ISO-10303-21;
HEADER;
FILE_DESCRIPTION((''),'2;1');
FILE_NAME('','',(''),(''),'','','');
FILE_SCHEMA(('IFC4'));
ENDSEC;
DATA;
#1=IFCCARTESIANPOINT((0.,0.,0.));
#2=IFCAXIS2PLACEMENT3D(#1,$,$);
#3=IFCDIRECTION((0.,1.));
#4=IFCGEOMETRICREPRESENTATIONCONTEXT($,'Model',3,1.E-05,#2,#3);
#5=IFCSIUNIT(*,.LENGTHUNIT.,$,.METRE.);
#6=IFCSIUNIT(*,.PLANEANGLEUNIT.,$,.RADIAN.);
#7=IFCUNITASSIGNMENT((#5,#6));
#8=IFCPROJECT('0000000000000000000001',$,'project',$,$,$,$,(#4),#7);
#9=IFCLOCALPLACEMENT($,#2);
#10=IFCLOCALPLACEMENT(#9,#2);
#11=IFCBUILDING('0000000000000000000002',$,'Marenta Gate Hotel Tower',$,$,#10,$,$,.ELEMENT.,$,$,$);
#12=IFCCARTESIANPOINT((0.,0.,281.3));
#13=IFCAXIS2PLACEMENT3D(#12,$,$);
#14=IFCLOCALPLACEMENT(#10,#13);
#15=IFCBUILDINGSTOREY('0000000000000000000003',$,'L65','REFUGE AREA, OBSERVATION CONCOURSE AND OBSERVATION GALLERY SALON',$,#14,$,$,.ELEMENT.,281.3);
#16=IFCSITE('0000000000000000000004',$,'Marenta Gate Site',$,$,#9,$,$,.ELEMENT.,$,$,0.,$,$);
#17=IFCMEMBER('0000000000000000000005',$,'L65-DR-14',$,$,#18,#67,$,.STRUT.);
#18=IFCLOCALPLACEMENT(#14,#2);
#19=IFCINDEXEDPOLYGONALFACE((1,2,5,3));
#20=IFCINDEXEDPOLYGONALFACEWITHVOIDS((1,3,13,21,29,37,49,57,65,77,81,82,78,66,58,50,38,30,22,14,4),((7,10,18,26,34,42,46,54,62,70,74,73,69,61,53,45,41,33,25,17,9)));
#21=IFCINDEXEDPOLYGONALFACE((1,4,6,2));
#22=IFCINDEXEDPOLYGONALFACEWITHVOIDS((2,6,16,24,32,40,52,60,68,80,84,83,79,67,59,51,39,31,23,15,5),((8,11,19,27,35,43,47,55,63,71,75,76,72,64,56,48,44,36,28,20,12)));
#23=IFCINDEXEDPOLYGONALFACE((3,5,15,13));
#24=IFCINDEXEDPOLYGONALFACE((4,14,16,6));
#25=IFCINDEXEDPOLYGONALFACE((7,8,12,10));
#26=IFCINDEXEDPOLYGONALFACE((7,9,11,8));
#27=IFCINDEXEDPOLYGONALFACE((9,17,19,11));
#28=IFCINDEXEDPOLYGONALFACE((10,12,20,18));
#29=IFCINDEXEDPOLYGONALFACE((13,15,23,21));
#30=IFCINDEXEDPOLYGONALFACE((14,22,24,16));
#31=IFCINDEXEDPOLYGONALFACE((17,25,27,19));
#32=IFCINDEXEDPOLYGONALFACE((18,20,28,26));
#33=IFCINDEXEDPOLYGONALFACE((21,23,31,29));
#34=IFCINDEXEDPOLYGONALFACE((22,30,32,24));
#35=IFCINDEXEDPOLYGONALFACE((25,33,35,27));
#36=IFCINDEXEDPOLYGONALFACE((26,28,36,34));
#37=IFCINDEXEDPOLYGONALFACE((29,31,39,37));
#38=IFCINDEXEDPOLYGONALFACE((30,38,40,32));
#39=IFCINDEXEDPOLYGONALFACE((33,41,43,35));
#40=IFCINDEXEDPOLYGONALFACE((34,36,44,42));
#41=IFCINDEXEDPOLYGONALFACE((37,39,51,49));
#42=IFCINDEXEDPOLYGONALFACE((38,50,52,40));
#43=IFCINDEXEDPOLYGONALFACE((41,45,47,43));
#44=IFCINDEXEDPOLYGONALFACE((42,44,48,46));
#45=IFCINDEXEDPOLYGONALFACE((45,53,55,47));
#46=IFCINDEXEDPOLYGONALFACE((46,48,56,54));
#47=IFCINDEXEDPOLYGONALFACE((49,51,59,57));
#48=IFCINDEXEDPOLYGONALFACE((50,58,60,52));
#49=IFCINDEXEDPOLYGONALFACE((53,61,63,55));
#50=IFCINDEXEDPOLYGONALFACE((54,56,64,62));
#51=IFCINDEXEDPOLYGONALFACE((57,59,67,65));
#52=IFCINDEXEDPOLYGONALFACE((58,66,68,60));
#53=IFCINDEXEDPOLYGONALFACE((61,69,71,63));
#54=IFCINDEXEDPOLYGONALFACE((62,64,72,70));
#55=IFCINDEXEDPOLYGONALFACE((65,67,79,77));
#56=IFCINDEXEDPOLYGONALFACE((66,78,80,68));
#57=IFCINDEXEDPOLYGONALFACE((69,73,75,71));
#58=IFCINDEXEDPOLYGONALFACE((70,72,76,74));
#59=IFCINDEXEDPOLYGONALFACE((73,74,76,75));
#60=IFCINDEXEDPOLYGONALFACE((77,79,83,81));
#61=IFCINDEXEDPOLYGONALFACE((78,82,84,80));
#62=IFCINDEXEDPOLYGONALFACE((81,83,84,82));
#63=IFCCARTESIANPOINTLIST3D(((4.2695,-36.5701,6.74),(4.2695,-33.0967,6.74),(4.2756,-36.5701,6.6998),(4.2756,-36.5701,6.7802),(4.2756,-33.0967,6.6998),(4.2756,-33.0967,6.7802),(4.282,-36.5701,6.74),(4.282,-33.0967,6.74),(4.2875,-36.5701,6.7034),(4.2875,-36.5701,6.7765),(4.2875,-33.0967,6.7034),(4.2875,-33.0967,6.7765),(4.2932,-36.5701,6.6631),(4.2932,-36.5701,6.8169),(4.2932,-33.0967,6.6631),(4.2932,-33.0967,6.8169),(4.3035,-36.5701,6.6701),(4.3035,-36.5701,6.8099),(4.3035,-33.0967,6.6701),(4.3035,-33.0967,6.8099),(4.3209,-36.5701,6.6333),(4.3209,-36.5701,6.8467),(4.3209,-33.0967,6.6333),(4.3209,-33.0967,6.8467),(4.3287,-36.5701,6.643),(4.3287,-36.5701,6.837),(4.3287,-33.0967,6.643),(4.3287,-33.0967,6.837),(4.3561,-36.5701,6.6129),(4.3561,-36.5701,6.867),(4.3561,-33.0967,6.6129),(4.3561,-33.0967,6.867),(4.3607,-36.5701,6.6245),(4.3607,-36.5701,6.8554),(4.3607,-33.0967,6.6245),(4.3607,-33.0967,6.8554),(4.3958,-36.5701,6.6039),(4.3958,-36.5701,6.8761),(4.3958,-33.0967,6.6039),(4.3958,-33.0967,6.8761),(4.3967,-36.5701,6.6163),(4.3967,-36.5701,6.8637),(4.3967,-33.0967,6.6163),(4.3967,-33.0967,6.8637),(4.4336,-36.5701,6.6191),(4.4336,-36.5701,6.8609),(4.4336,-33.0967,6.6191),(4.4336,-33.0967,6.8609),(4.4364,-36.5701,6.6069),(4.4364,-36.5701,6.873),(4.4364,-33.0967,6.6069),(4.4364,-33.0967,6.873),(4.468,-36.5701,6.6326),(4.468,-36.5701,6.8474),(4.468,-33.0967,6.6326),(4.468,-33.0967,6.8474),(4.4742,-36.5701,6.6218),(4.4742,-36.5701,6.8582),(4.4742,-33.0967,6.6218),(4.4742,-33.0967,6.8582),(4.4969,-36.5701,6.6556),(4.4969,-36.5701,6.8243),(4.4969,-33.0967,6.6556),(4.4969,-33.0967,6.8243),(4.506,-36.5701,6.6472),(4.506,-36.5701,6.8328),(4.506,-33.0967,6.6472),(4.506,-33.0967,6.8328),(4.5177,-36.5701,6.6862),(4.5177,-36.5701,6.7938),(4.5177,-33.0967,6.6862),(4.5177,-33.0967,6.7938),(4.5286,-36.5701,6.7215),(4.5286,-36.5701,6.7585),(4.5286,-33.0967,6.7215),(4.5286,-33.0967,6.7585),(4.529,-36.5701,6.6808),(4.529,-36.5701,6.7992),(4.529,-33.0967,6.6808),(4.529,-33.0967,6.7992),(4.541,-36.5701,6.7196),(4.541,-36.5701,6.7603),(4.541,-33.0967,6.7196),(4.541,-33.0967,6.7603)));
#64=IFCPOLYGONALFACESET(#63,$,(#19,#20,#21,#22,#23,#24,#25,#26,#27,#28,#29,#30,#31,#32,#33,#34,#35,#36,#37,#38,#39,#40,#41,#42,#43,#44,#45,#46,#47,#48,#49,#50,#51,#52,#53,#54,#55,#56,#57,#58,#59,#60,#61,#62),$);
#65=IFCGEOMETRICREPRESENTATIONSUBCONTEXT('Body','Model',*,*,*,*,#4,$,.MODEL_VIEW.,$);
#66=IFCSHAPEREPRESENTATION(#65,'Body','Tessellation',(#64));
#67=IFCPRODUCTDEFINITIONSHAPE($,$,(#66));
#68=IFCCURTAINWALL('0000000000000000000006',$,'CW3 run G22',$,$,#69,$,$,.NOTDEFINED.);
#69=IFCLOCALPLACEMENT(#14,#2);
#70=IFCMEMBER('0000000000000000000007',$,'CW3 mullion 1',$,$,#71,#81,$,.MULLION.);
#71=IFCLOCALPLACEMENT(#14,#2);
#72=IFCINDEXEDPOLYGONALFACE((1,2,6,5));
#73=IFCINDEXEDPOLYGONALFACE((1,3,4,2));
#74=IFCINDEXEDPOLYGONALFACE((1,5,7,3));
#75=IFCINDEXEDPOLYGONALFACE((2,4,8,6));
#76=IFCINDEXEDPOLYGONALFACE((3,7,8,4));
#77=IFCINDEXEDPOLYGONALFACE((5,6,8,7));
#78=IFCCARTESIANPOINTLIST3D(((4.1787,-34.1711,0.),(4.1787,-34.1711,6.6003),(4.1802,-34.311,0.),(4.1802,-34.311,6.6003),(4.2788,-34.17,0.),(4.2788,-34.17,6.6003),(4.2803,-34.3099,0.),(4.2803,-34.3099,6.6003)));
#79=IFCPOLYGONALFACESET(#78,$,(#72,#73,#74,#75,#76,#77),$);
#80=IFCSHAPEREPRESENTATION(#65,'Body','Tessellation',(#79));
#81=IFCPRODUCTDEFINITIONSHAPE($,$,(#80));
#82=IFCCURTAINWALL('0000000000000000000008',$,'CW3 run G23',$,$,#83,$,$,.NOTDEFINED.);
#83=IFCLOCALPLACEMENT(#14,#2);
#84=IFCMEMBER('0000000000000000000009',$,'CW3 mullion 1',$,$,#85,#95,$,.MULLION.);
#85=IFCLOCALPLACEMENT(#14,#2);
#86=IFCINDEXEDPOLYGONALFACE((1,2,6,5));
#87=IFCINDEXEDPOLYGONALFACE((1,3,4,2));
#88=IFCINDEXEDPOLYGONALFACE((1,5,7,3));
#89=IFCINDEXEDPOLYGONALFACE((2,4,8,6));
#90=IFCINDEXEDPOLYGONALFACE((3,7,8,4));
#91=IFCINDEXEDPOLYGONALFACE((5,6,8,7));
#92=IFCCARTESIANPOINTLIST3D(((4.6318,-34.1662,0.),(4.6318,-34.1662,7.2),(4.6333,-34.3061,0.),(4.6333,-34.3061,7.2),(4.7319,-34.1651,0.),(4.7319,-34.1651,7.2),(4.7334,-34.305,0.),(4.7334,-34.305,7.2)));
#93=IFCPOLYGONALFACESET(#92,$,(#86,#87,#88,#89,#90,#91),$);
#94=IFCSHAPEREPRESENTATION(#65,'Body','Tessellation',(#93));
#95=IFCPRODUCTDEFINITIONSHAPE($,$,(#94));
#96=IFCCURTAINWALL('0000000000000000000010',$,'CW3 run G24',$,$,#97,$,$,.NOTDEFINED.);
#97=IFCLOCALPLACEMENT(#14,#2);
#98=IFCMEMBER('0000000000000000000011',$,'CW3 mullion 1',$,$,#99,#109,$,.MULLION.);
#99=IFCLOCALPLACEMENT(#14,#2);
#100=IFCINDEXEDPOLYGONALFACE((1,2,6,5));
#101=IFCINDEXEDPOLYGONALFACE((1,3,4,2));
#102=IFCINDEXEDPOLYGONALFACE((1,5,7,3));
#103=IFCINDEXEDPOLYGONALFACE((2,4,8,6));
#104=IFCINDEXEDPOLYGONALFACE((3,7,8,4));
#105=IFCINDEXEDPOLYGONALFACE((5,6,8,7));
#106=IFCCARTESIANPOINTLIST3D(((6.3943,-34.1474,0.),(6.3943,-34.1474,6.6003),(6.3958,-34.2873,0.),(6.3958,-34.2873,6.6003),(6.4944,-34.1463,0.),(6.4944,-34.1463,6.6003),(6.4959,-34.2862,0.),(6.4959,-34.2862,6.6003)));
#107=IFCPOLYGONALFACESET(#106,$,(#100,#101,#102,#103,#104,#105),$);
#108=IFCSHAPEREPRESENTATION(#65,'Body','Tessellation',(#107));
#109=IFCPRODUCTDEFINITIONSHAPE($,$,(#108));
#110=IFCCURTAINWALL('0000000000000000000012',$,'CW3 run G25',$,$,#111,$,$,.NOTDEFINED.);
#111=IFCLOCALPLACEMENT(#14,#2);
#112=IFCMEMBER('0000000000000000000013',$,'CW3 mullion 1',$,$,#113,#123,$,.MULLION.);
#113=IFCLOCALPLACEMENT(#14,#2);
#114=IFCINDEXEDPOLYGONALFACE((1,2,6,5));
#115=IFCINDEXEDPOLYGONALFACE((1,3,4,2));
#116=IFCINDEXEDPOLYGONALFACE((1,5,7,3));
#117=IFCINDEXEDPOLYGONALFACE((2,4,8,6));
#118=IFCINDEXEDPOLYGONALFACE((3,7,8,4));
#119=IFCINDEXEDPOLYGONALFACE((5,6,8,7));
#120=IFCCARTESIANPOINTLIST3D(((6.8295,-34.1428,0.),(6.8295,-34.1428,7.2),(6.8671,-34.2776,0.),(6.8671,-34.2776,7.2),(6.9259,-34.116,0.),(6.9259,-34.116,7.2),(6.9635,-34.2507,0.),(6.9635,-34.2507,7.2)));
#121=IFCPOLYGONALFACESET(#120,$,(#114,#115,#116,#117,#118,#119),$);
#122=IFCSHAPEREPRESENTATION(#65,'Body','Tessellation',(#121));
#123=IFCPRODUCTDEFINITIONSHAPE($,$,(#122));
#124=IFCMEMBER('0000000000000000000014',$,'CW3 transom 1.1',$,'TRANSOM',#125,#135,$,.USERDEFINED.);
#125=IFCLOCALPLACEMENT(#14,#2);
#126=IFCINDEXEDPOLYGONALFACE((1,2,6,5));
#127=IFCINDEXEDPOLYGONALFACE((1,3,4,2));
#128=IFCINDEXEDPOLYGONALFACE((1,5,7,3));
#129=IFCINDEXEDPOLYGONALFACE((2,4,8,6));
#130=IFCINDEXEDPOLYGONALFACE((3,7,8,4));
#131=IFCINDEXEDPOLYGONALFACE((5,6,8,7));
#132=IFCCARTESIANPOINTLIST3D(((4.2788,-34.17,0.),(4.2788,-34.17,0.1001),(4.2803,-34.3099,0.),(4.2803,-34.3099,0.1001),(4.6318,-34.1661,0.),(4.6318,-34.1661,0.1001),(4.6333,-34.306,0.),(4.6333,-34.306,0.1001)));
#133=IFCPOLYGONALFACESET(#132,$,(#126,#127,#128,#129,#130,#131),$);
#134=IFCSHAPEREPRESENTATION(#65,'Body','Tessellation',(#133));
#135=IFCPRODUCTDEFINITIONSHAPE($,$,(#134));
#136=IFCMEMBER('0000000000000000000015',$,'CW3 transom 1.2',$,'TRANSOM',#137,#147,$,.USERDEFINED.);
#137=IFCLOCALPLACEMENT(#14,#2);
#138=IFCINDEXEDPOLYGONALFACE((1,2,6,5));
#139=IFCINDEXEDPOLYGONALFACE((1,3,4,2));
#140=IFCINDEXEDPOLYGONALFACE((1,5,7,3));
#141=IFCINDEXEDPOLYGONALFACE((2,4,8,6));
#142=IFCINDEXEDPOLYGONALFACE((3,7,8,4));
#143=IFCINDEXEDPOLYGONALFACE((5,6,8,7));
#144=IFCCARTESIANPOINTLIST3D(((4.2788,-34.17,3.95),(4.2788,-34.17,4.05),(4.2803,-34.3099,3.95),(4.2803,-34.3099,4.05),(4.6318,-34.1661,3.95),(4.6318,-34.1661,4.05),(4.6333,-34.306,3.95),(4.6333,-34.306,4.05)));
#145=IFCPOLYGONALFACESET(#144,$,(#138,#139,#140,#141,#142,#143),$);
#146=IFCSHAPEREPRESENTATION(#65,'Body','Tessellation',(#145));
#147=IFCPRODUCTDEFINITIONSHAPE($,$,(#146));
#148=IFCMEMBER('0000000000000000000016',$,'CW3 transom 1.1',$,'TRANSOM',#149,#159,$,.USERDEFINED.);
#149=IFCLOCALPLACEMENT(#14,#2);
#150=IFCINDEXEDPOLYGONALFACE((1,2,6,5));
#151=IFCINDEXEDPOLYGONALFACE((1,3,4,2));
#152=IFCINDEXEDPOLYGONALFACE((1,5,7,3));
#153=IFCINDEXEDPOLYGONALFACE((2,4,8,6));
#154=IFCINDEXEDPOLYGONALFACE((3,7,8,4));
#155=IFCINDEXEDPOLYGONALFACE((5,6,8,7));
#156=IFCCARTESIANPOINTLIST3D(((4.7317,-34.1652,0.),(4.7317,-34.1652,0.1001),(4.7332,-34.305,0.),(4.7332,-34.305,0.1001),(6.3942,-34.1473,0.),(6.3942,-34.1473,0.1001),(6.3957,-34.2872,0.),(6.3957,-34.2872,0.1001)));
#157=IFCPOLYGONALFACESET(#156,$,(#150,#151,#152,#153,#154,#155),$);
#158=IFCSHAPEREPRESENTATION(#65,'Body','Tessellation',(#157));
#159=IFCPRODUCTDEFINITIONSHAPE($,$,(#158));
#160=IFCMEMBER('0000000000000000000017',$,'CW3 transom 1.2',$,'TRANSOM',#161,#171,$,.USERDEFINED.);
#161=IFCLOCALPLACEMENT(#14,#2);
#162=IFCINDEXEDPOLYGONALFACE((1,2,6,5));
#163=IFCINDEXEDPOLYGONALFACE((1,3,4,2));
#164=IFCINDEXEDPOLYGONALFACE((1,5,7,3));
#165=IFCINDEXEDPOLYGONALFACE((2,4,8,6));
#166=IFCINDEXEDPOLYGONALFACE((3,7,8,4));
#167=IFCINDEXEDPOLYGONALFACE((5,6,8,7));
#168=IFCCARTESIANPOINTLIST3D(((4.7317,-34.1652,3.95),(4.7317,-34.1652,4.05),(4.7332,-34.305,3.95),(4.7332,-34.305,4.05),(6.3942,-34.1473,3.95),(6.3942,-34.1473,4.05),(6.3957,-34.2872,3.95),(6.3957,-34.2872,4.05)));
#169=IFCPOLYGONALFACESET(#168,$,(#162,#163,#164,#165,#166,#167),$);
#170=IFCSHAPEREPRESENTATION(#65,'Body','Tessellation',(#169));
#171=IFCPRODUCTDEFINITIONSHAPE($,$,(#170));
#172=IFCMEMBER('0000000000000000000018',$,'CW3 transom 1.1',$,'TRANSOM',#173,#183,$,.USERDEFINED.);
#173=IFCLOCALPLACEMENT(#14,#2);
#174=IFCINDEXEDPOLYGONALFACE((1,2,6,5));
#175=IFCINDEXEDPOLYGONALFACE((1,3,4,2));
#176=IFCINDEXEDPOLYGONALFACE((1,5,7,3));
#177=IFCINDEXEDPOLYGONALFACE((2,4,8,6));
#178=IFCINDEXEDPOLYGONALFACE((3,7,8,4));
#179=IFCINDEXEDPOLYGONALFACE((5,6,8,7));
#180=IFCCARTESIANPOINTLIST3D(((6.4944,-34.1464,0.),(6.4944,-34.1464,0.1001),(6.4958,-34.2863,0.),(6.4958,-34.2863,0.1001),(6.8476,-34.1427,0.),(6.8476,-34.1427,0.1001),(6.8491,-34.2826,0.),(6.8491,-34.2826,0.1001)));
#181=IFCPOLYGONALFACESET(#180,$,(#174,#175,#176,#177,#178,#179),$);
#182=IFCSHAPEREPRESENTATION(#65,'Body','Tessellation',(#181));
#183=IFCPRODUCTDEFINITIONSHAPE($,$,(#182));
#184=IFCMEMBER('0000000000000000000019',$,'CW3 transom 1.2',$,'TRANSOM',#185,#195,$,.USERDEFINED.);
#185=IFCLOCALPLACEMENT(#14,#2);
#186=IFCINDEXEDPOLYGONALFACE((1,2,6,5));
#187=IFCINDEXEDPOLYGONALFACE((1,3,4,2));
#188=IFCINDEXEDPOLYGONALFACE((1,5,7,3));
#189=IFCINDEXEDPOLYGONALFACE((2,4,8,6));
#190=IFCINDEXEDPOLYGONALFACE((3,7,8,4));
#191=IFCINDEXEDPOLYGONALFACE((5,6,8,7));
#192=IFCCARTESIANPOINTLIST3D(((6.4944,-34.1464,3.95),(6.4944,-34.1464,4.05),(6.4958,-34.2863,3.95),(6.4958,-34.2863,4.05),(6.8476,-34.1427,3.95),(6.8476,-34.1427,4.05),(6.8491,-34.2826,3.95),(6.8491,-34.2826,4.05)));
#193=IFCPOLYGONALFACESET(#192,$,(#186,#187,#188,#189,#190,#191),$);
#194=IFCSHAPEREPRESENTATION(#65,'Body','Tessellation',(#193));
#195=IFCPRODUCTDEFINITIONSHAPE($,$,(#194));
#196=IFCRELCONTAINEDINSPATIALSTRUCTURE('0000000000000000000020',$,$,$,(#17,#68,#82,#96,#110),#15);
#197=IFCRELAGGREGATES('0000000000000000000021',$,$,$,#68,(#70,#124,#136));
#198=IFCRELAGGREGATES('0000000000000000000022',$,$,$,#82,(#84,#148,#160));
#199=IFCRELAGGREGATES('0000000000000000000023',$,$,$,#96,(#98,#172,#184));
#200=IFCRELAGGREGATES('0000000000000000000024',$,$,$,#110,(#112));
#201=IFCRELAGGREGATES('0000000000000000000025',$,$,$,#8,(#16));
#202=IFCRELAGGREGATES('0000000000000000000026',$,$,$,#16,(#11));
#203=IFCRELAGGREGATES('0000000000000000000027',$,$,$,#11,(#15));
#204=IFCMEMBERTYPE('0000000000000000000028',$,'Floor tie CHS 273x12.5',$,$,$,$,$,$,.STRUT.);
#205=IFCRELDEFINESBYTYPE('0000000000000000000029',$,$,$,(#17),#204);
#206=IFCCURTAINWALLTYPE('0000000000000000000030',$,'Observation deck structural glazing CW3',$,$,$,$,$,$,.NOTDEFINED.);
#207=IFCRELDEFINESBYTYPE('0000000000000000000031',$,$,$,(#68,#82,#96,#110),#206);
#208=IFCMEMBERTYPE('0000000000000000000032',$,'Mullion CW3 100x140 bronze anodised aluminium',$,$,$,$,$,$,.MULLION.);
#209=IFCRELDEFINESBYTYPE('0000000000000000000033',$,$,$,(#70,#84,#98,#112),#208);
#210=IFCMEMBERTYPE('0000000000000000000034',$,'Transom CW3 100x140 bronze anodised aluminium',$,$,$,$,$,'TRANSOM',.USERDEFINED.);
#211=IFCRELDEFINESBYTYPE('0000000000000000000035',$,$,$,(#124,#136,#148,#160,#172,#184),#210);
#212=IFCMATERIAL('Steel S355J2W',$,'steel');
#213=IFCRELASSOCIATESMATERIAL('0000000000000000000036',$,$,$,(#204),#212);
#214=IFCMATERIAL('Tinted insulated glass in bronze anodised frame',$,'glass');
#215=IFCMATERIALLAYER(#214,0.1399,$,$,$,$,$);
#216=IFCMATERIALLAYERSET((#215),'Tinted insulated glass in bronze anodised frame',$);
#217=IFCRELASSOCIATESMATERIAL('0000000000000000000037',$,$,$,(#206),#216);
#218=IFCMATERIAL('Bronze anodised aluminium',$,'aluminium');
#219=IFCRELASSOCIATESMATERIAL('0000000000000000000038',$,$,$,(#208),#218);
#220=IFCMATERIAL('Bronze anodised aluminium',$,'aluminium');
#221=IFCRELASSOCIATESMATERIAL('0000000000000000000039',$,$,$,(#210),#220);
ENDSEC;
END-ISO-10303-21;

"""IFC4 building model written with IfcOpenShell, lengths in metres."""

from ifc_helpers import new_model, si_unit, direction, frame, origin, origin_2d, place, context, subcontext, project, spatial, rectangle, hollow_circle, extrude, material, layer, layer_set, material_profile, profile_set, type_object, element, aggregate, save


model = new_model("IFC4")

# Units and contexts
model_context = context("Model", 3, precision=1e-05, world=origin(), true_north=direction((0.0, 1.0)))
body_context = subcontext(model_context, "Body", "Model", "MODEL_VIEW")
ifc_project = project(units=[si_unit("LENGTHUNIT", "METRE"), si_unit("PLANEANGLEUNIT", "RADIAN")], contexts=[model_context])

# Site, building, storey
site_placement = place(None, origin())
site = spatial("IfcSite", under=ifc_project, at=site_placement, Name="Marenta Gate Site", CompositionType="ELEMENT", RefElevation=0.0)
building_placement = place(site_placement, origin())
building = spatial("IfcBuilding", under=site, at=building_placement, Name="Marenta Gate Hotel Tower", CompositionType="ELEMENT")
storey_placement = place(building_placement, frame((0.0, 0.0, 281.3)))
storey = spatial("IfcBuildingStorey", under=building, at=storey_placement, Name="L65", Description="REFUGE AREA, OBSERVATION CONCOURSE AND OBSERVATION GALLERY SALON", CompositionType="ELEMENT", Elevation=281.3)

# Member
ifc_material_1 = material(Name="Steel S355J2W", Category="steel")
ifc_material_profile_1 = material_profile(ifc_material_1, hollow_circle(Radius=0.1365, WallThickness=0.0125, at=origin_2d()), Name="CHS 273x12.5")
ifc_profile_set_1 = profile_set([ifc_material_profile_1], Name="Steel S355J2W")
member_type_1 = type_object("IfcMemberType", Name="Floor tie CHS 273x12.5", PredefinedType="STRUT", material=ifc_profile_set_1)
member_1_placement = place(storey_placement, frame((4.406, -36.5701, 6.74), z_axis=(0.0, 1.0, 0.0), x_axis=(-1.0, 0.0, 0.0)))
element("IfcMember", 1, at=member_1_placement, inside=storey, type_object=member_type_1, Name="L65-DR-14", PredefinedType="STRUT", context=body_context, shape_type="SweptSolid", body=[
    extrude(hollow_circle(Radius=0.1365, WallThickness=0.0125, at=origin_2d()), origin(), (0.0, 0.0, 1.0), 3.4734),
])

# Curtain walls, members
ifc_material_2 = material(Name="Tinted insulated glass in bronze anodised frame", Category="glass")
ifc_layer_1 = layer(ifc_material_2, 0.1399)
ifc_layer_set_1 = layer_set([ifc_layer_1], Name="Tinted insulated glass in bronze anodised frame")
curtain_wall_type = type_object("IfcCurtainWallType", Name="Observation deck structural glazing CW3", PredefinedType="NOTDEFINED", material=ifc_layer_set_1)
curtain_wall_1_placement = place(storey_placement, origin())
curtain_wall_1 = element("IfcCurtainWall", 2, at=curtain_wall_1_placement, inside=storey, type_object=curtain_wall_type, Name="CW3 run G22", PredefinedType="NOTDEFINED")
ifc_material_3 = material(Name="Bronze anodised aluminium", Category="aluminium")
ifc_material_profile_2 = material_profile(ifc_material_3, rectangle(XDim=0.1399, YDim=0.1001, at=origin_2d()), Name="Mullion CW3 100x140 bronze anodised aluminium")
ifc_profile_set_2 = profile_set([ifc_material_profile_2], Name="Bronze anodised aluminium")
member_type_2 = type_object("IfcMemberType", Name="Mullion CW3 100x140 bronze anodised aluminium", PredefinedType="MULLION", material=ifc_profile_set_2)
member_2_placement = place(storey_placement, frame((4.2295, -34.2405, 0.0), z_axis=(0.0, 0.0, 1.0), x_axis=(-0.010595, 0.999944, 0.0)))
member_2 = element("IfcMember", 3, at=member_2_placement, type_object=member_type_2, Name="CW3 mullion 1", PredefinedType="MULLION", context=body_context, shape_type="SweptSolid", body=[
    extrude(rectangle(XDim=0.1399, YDim=0.1001, at=origin_2d()), origin(), (0.0, 0.0, 1.0), 6.6003),
])
curtain_wall_2_placement = place(storey_placement, origin())
curtain_wall_2 = element("IfcCurtainWall", 4, at=curtain_wall_2_placement, inside=storey, type_object=curtain_wall_type, Name="CW3 run G23", PredefinedType="NOTDEFINED")
member_3_placement = place(storey_placement, frame((4.6826, -34.2356, 0.0), z_axis=(0.0, 0.0, 1.0), x_axis=(-0.010665, 0.999943, 0.0)))
member_3 = element("IfcMember", 5, at=member_3_placement, type_object=member_type_2, Name="CW3 mullion 1", PredefinedType="MULLION", context=body_context, shape_type="SweptSolid", body=[
    extrude(rectangle(XDim=0.1399, YDim=0.1001, at=origin_2d()), origin(), (0.0, 0.0, 1.0), 7.2),
])
curtain_wall_3_placement = place(storey_placement, origin())
curtain_wall_3 = element("IfcCurtainWall", 6, at=curtain_wall_3_placement, inside=storey, type_object=curtain_wall_type, Name="CW3 run G24", PredefinedType="NOTDEFINED")
member_4_placement = place(storey_placement, frame((6.4451, -34.2168, 0.0), z_axis=(0.0, 0.0, 1.0), x_axis=(-0.010597, 0.999944, 0.0)))
member_4 = element("IfcMember", 7, at=member_4_placement, type_object=member_type_2, Name="CW3 mullion 1", PredefinedType="MULLION", context=body_context, shape_type="SweptSolid", body=[
    extrude(rectangle(XDim=0.1399, YDim=0.1001, at=origin_2d()), origin(), (0.0, 0.0, 1.0), 6.6003),
])
curtain_wall_4_placement = place(storey_placement, origin())
curtain_wall_4 = element("IfcCurtainWall", 8, at=curtain_wall_4_placement, inside=storey, type_object=curtain_wall_type, Name="CW3 run G25", PredefinedType="NOTDEFINED")
member_5_placement = place(storey_placement, frame((6.8965, -34.1968, 0.0), z_axis=(0.0, 0.0, 1.0), x_axis=(-0.268553, 0.963265, 0.0)))
member_5 = element("IfcMember", 9, at=member_5_placement, type_object=member_type_2, Name="CW3 mullion 1", PredefinedType="MULLION", context=body_context, shape_type="SweptSolid", body=[
    extrude(rectangle(XDim=0.1399, YDim=0.1001, at=origin_2d()), origin(), (0.0, 0.0, 1.0), 7.2),
])

# Members
ifc_material_4 = material(Name="Bronze anodised aluminium", Category="aluminium")
ifc_material_profile_3 = material_profile(ifc_material_4, rectangle(XDim=0.1399, YDim=0.1001, at=origin_2d()), Name="Transom CW3 100x140 bronze anodised aluminium")
ifc_profile_set_3 = profile_set([ifc_material_profile_3], Name="Bronze anodised aluminium")
member_type_3 = type_object("IfcMemberType", Name="Transom CW3 100x140 bronze anodised aluminium", ElementType="TRANSOM", PredefinedType="USERDEFINED", material=ifc_profile_set_3)
member_6_placement = place(storey_placement, frame((4.2795, -34.24, 0.05), z_axis=(0.999939, 0.011064, 0.0), x_axis=(-0.011064, 0.999939, 0.0)))
member_6 = element("IfcMember", 10, at=member_6_placement, type_object=member_type_3, Name="CW3 transom 1.1", ObjectType="TRANSOM", PredefinedType="USERDEFINED", context=body_context, shape_type="SweptSolid", body=[
    extrude(rectangle(XDim=0.1399, YDim=0.1001, at=origin_2d()), origin(), (0.0, 0.0, 1.0), 0.353),
])
member_7_placement = place(storey_placement, frame((4.2795, -34.24, 4.0), z_axis=(0.999939, 0.011064, 0.0), x_axis=(-0.011064, 0.999939, 0.0)))
member_7 = element("IfcMember", 11, at=member_7_placement, type_object=member_type_3, Name="CW3 transom 1.2", ObjectType="TRANSOM", PredefinedType="USERDEFINED", context=body_context, shape_type="SweptSolid", body=[
    extrude(rectangle(XDim=0.1399, YDim=0.1001, at=origin_2d()), origin(), (0.0, 0.0, 1.0), 0.353),
])
member_8_placement = place(storey_placement, frame((4.7324, -34.2351, 0.05), z_axis=(0.999943, 0.010719, 0.0), x_axis=(-0.010719, 0.999943, 0.0)))
member_8 = element("IfcMember", 12, at=member_8_placement, type_object=member_type_3, Name="CW3 transom 1.1", ObjectType="TRANSOM", PredefinedType="USERDEFINED", context=body_context, shape_type="SweptSolid", body=[
    extrude(rectangle(XDim=0.1399, YDim=0.1001, at=origin_2d()), origin(), (0.0, 0.0, 1.0), 1.6626),
])
member_9_placement = place(storey_placement, frame((4.7324, -34.2351, 4.0), z_axis=(0.999943, 0.010719, 0.0), x_axis=(-0.010719, 0.999943, 0.0)))
member_9 = element("IfcMember", 13, at=member_9_placement, type_object=member_type_3, Name="CW3 transom 1.2", ObjectType="TRANSOM", PredefinedType="USERDEFINED", context=body_context, shape_type="SweptSolid", body=[
    extrude(rectangle(XDim=0.1399, YDim=0.1001, at=origin_2d()), origin(), (0.0, 0.0, 1.0), 1.6626),
])
member_10_placement = place(storey_placement, frame((6.4951, -34.2163, 0.05), z_axis=(0.999946, 0.010366, 0.0), x_axis=(-0.010366, 0.999946, 0.0)))
member_10 = element("IfcMember", 14, at=member_10_placement, type_object=member_type_3, Name="CW3 transom 1.1", ObjectType="TRANSOM", PredefinedType="USERDEFINED", context=body_context, shape_type="SweptSolid", body=[
    extrude(rectangle(XDim=0.1399, YDim=0.1001, at=origin_2d()), origin(), (0.0, 0.0, 1.0), 0.3533),
])
member_11_placement = place(storey_placement, frame((6.4951, -34.2163, 4.0), z_axis=(0.999946, 0.010366, 0.0), x_axis=(-0.010366, 0.999946, 0.0)))
member_11 = element("IfcMember", 15, at=member_11_placement, type_object=member_type_3, Name="CW3 transom 1.2", ObjectType="TRANSOM", PredefinedType="USERDEFINED", context=body_context, shape_type="SweptSolid", body=[
    extrude(rectangle(XDim=0.1399, YDim=0.1001, at=origin_2d()), origin(), (0.0, 0.0, 1.0), 0.3533),
])

aggregate(curtain_wall_1, [member_2, member_6, member_7])
aggregate(curtain_wall_2, [member_3, member_8, member_9])
aggregate(curtain_wall_3, [member_4, member_10, member_11])
aggregate(curtain_wall_4, [member_5])

save(model, "model.ifc")
